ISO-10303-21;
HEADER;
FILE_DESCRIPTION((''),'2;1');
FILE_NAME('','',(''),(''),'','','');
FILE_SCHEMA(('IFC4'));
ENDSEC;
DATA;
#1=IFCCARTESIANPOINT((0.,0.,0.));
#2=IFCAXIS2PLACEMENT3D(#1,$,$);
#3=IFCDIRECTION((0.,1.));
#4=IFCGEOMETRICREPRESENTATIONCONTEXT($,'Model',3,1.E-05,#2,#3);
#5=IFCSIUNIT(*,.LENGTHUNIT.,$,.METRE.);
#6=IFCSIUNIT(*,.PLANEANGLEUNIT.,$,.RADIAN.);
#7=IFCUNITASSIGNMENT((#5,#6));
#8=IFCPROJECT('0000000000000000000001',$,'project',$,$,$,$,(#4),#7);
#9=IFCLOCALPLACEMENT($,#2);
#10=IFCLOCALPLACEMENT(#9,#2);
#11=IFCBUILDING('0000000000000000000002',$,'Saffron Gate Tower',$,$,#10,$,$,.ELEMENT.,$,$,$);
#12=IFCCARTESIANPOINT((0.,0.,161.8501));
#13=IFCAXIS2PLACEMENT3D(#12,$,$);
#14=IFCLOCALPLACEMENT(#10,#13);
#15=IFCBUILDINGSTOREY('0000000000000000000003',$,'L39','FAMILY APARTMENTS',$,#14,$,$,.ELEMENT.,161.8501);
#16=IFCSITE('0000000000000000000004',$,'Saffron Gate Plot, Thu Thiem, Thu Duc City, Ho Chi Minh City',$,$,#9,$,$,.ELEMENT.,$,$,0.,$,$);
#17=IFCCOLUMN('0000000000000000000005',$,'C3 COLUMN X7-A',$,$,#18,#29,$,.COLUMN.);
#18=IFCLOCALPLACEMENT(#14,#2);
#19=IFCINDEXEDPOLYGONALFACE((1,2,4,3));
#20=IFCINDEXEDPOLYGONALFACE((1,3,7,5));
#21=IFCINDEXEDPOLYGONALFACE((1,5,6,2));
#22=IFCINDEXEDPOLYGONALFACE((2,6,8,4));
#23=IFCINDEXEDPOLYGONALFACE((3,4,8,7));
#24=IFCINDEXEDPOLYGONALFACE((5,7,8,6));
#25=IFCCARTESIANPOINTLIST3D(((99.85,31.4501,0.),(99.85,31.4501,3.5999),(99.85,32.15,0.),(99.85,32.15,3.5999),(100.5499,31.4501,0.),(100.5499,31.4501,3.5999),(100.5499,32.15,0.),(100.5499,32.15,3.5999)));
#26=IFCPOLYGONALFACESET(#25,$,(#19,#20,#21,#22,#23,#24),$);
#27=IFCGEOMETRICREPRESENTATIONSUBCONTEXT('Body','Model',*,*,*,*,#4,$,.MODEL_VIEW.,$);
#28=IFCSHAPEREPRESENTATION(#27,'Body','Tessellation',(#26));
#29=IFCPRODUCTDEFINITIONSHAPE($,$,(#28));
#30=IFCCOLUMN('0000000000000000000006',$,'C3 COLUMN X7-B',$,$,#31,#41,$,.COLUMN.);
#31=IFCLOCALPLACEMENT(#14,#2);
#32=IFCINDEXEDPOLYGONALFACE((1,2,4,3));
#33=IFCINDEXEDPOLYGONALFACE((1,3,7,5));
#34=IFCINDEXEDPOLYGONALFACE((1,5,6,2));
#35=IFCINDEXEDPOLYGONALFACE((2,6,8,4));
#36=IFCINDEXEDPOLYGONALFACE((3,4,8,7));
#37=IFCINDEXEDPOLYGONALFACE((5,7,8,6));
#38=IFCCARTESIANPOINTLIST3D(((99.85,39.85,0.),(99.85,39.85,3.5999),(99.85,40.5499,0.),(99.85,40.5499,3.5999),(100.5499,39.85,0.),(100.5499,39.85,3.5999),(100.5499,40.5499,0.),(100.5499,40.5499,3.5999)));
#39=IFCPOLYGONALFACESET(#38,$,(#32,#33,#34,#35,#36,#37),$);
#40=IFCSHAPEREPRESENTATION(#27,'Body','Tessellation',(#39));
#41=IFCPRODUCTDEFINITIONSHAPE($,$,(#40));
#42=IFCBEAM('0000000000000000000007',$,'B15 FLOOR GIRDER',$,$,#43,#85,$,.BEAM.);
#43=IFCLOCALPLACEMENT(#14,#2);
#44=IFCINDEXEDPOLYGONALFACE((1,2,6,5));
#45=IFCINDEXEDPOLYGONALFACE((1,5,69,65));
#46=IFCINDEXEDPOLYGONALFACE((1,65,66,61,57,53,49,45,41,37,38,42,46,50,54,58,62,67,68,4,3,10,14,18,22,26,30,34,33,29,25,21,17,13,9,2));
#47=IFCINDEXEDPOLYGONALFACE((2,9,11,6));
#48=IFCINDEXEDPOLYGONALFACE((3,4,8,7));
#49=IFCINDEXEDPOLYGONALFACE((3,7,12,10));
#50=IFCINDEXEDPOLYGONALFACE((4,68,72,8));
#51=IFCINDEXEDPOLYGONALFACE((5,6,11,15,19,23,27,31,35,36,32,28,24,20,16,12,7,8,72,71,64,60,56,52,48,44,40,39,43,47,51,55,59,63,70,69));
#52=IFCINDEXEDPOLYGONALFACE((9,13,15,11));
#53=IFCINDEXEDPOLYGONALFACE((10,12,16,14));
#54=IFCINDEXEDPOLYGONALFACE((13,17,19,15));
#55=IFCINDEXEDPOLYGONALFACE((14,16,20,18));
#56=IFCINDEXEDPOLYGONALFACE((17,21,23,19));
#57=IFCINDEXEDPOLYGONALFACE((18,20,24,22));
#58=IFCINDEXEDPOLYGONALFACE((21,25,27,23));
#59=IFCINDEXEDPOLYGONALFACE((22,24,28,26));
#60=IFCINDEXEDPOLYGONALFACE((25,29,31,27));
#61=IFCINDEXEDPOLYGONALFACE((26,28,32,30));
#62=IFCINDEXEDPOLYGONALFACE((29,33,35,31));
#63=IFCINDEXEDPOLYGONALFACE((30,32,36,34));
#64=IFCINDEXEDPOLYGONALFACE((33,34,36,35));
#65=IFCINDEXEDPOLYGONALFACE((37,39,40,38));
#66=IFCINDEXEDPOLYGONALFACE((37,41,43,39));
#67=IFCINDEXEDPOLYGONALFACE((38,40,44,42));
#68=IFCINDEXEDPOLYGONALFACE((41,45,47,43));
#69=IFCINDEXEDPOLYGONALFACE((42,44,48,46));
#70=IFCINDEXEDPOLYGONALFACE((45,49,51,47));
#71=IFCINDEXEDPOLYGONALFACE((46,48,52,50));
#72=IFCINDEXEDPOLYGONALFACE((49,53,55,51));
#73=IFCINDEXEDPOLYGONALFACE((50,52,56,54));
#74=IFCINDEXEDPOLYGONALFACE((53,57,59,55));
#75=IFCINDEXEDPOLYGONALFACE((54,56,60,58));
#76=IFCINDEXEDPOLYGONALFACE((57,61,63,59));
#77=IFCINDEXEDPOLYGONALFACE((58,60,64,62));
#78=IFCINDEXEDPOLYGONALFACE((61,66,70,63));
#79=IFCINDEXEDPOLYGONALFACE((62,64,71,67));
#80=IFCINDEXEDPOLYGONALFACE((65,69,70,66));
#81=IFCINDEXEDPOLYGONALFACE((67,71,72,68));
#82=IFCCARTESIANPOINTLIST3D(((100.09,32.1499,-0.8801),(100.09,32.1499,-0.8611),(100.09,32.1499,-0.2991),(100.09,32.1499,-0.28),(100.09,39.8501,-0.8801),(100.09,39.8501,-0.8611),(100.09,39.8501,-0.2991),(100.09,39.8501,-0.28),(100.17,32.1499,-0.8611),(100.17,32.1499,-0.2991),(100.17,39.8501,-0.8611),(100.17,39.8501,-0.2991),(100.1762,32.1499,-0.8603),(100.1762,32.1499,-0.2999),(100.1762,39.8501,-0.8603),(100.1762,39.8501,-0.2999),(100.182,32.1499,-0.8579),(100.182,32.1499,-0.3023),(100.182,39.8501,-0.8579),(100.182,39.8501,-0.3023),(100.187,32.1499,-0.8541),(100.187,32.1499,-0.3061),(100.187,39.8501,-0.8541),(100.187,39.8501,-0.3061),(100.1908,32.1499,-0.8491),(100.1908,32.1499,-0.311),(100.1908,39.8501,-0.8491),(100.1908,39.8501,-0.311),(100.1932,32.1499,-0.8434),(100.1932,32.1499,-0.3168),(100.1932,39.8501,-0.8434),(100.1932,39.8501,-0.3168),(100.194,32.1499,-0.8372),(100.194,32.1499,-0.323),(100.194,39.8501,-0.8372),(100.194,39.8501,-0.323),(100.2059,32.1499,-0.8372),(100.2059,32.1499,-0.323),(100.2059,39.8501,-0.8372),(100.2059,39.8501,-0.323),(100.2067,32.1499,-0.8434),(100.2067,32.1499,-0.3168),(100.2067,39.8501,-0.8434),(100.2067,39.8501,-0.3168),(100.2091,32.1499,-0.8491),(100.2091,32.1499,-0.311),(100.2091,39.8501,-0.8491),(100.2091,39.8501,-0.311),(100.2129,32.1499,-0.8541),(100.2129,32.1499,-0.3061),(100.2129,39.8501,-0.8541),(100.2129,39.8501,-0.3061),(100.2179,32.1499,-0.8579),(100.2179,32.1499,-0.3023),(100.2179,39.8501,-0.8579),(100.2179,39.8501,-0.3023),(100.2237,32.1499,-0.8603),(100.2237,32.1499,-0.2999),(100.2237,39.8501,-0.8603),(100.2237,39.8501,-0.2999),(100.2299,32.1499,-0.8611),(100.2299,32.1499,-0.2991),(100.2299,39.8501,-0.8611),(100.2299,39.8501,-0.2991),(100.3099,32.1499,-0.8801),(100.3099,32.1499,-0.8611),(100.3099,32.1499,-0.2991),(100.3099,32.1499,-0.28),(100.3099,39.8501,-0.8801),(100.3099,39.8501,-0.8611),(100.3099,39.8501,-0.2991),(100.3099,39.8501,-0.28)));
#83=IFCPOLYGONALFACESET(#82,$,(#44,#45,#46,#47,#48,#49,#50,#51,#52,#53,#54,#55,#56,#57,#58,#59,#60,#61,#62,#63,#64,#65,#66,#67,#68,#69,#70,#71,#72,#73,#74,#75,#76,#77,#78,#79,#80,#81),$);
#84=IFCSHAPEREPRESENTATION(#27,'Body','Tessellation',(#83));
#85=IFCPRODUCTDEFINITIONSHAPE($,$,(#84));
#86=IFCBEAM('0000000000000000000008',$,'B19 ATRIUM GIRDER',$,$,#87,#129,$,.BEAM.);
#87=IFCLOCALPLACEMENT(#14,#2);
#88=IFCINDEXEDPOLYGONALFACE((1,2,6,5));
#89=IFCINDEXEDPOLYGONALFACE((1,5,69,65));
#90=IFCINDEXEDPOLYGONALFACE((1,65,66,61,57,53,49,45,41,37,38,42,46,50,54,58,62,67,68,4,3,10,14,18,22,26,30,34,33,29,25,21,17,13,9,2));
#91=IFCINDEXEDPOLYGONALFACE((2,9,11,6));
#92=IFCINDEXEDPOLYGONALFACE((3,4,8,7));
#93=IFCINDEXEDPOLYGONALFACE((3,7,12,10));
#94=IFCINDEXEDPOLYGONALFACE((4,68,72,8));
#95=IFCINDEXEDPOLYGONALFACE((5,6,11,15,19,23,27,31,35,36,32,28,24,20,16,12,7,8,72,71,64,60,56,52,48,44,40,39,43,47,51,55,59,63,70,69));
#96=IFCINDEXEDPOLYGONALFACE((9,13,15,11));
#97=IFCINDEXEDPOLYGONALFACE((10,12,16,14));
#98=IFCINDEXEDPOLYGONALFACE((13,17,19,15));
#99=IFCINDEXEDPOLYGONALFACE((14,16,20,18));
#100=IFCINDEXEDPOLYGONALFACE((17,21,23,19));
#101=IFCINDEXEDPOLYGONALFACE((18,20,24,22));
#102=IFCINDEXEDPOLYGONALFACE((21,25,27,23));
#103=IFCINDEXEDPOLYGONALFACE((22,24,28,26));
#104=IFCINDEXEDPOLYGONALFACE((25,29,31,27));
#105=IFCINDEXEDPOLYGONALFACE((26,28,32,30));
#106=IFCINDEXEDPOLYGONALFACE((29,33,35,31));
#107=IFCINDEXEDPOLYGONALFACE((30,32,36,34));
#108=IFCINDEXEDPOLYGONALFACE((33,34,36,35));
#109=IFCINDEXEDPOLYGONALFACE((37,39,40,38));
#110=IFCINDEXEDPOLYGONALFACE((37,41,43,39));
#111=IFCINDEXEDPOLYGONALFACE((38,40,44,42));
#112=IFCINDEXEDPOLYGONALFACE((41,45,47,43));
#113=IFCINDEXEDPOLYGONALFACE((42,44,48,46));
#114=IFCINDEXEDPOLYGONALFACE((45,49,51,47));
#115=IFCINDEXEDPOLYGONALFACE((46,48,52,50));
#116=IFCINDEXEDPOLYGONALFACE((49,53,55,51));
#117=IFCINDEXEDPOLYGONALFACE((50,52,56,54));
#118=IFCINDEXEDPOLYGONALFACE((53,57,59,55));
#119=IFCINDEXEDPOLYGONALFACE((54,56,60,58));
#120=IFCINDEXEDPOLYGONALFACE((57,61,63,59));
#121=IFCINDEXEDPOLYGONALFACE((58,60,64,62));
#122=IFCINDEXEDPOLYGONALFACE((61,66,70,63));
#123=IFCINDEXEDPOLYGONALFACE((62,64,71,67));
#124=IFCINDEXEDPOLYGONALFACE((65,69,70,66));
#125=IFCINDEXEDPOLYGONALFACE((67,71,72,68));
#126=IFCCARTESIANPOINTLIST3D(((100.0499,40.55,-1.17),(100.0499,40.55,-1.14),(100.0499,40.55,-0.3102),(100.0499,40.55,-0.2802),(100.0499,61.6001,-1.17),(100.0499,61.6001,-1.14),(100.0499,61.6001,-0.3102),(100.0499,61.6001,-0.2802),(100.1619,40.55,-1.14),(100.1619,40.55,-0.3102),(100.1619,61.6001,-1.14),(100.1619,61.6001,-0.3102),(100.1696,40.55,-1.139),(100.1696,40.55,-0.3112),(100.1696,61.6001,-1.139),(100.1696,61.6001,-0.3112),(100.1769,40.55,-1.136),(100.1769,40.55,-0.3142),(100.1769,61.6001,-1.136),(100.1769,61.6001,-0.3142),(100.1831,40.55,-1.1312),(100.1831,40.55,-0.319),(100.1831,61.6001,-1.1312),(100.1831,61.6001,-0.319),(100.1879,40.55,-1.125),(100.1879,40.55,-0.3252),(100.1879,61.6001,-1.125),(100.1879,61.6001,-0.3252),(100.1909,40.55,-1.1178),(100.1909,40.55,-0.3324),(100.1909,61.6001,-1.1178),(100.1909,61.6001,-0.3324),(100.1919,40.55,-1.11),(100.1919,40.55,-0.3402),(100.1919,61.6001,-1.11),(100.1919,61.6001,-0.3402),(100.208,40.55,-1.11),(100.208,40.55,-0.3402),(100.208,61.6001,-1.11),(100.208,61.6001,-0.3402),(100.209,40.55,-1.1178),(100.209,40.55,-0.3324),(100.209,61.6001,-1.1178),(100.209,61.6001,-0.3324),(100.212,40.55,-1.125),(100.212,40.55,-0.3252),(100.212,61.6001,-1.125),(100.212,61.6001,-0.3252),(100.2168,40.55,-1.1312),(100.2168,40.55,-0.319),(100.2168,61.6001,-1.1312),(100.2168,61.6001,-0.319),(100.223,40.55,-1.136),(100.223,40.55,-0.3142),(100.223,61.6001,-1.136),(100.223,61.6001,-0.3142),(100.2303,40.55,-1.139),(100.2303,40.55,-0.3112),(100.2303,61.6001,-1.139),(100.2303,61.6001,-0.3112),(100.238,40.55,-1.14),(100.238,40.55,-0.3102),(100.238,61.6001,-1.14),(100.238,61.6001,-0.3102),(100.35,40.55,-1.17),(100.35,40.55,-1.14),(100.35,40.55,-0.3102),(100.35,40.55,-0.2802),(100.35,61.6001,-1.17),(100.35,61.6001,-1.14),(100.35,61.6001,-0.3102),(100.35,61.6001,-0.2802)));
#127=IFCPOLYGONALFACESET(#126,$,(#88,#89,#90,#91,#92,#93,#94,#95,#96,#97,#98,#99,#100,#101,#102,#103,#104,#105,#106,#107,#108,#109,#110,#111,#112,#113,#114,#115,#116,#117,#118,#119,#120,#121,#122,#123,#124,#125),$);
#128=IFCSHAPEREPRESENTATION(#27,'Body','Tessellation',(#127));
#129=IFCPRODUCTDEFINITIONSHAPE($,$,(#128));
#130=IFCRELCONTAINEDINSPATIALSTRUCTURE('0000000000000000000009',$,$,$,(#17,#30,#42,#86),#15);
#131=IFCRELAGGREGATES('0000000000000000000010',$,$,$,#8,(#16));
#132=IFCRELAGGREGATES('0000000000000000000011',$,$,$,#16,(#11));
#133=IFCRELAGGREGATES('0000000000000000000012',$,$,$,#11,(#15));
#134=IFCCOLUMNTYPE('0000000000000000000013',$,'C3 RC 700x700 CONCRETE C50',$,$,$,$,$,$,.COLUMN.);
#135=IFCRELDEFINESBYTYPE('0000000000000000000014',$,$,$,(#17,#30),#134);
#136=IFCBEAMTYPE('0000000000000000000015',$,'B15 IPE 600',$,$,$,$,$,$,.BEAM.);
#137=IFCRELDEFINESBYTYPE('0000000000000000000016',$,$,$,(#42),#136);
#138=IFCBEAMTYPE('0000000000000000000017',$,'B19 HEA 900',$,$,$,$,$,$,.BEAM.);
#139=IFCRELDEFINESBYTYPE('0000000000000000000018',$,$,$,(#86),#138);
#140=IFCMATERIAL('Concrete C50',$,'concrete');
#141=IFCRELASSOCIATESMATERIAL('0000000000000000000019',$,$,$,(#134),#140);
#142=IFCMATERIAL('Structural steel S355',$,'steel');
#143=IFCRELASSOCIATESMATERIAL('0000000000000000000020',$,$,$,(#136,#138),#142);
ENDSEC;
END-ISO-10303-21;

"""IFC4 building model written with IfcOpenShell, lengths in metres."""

from ifc_helpers import new_model, si_unit, direction, frame, origin, origin_2d, place, context, subcontext, project, spatial, rectangle, i_section, extrude, material, material_profile, profile_set, type_object, element, save


model = new_model("IFC4")

# Units and contexts
model_context = context("Model", 3, precision=1e-05, world=origin(), true_north=direction((0.0, 1.0)))
body_context = subcontext(model_context, "Body", "Model", "MODEL_VIEW")
ifc_project = project(units=[si_unit("LENGTHUNIT", "METRE"), si_unit("PLANEANGLEUNIT", "RADIAN")], contexts=[model_context])

# Site, building, storey
site_placement = place(None, origin())
site = spatial("IfcSite", under=ifc_project, at=site_placement, Name="Saffron Gate Plot, Thu Thiem, Thu Duc City, Ho Chi Minh City", CompositionType="ELEMENT", RefElevation=0.0)
building_placement = place(site_placement, origin())
building = spatial("IfcBuilding", under=site, at=building_placement, Name="Saffron Gate Tower", CompositionType="ELEMENT")
storey_placement = place(building_placement, frame((0.0, 0.0, 161.8501)))
storey = spatial("IfcBuildingStorey", under=building, at=storey_placement, Name="L39", Description="FAMILY APARTMENTS", CompositionType="ELEMENT", Elevation=161.8501)

# Columns
ifc_material_1 = material(Name="Concrete C50", Category="concrete")
ifc_material_profile_1 = material_profile(ifc_material_1, rectangle(XDim=0.7, YDim=0.7, at=origin_2d()))
ifc_profile_set_1 = profile_set([ifc_material_profile_1], Name="Concrete C50")
column_type = type_object("IfcColumnType", Name="C3 RC 700x700 CONCRETE C50", PredefinedType="COLUMN", material=ifc_profile_set_1)
for number, where, z_axis, x_axis, name in (
    (1, (100.2, 31.8, 0.0), (0.0, 0.0, 1.0), (1.0, 0.0, 0.0), "C3 COLUMN X7-A"),
    (2, (100.2, 40.2, 0.0), (0.0, 0.0, 1.0), (1.0, 0.0, 0.0), "C3 COLUMN X7-B"),
):
    element("IfcColumn", number, at=place(storey_placement, frame(where, z_axis=z_axis, x_axis=x_axis)), inside=storey, type_object=column_type, Name=name, PredefinedType="COLUMN", context=body_context, shape_type="SweptSolid", body=[
        extrude(rectangle(XDim=0.7, YDim=0.7, at=origin_2d()), origin(), (0.0, 0.0, 1.0), 3.5999),
    ])

# Beams
ifc_material_2 = material(Name="Structural steel S355", Category="steel")
ifc_material_profile_2 = material_profile(ifc_material_2, i_section(OverallWidth=0.22, OverallDepth=0.6001, WebThickness=0.012, FlangeThickness=0.019, FilletRadius=0.0239, at=origin_2d()))
ifc_profile_set_2 = profile_set([ifc_material_profile_2], Name="Structural steel S355")
beam_type_1 = type_object("IfcBeamType", Name="B15 IPE 600", PredefinedType="BEAM", material=ifc_profile_set_2)
beam_1_placement = place(storey_placement, frame((100.2, 32.1499, -0.5801), z_axis=(0.0, 1.0, 0.0), x_axis=(-1.0, 0.0, 0.0)))
element("IfcBeam", 3, at=beam_1_placement, inside=storey, type_object=beam_type_1, Name="B15 FLOOR GIRDER", PredefinedType="BEAM", context=body_context, shape_type="SweptSolid", body=[
    extrude(i_section(OverallWidth=0.22, OverallDepth=0.6001, WebThickness=0.012, FlangeThickness=0.019, FilletRadius=0.0239, at=origin_2d()), origin(), (0.0, 0.0, 1.0), 7.7002),
])
ifc_material_profile_3 = material_profile(ifc_material_2, i_section(OverallWidth=0.3, OverallDepth=0.8899, WebThickness=0.0161, FlangeThickness=0.03, FilletRadius=0.03, at=origin_2d()))
ifc_profile_set_3 = profile_set([ifc_material_profile_3], Name="Structural steel S355")
beam_type_2 = type_object("IfcBeamType", Name="B19 HEA 900", PredefinedType="BEAM", material=ifc_profile_set_3)
beam_2_placement = place(storey_placement, frame((100.2, 40.55, -0.7251), z_axis=(0.0, 1.0, 0.0), x_axis=(-1.0, 0.0, 0.0)))
element("IfcBeam", 4, at=beam_2_placement, inside=storey, type_object=beam_type_2, Name="B19 ATRIUM GIRDER", PredefinedType="BEAM", context=body_context, shape_type="SweptSolid", body=[
    extrude(i_section(OverallWidth=0.3, OverallDepth=0.8899, WebThickness=0.0161, FlangeThickness=0.03, FilletRadius=0.03, at=origin_2d()), origin(), (0.0, 0.0, 1.0), 21.05),
])

save(model, "model.ifc")
